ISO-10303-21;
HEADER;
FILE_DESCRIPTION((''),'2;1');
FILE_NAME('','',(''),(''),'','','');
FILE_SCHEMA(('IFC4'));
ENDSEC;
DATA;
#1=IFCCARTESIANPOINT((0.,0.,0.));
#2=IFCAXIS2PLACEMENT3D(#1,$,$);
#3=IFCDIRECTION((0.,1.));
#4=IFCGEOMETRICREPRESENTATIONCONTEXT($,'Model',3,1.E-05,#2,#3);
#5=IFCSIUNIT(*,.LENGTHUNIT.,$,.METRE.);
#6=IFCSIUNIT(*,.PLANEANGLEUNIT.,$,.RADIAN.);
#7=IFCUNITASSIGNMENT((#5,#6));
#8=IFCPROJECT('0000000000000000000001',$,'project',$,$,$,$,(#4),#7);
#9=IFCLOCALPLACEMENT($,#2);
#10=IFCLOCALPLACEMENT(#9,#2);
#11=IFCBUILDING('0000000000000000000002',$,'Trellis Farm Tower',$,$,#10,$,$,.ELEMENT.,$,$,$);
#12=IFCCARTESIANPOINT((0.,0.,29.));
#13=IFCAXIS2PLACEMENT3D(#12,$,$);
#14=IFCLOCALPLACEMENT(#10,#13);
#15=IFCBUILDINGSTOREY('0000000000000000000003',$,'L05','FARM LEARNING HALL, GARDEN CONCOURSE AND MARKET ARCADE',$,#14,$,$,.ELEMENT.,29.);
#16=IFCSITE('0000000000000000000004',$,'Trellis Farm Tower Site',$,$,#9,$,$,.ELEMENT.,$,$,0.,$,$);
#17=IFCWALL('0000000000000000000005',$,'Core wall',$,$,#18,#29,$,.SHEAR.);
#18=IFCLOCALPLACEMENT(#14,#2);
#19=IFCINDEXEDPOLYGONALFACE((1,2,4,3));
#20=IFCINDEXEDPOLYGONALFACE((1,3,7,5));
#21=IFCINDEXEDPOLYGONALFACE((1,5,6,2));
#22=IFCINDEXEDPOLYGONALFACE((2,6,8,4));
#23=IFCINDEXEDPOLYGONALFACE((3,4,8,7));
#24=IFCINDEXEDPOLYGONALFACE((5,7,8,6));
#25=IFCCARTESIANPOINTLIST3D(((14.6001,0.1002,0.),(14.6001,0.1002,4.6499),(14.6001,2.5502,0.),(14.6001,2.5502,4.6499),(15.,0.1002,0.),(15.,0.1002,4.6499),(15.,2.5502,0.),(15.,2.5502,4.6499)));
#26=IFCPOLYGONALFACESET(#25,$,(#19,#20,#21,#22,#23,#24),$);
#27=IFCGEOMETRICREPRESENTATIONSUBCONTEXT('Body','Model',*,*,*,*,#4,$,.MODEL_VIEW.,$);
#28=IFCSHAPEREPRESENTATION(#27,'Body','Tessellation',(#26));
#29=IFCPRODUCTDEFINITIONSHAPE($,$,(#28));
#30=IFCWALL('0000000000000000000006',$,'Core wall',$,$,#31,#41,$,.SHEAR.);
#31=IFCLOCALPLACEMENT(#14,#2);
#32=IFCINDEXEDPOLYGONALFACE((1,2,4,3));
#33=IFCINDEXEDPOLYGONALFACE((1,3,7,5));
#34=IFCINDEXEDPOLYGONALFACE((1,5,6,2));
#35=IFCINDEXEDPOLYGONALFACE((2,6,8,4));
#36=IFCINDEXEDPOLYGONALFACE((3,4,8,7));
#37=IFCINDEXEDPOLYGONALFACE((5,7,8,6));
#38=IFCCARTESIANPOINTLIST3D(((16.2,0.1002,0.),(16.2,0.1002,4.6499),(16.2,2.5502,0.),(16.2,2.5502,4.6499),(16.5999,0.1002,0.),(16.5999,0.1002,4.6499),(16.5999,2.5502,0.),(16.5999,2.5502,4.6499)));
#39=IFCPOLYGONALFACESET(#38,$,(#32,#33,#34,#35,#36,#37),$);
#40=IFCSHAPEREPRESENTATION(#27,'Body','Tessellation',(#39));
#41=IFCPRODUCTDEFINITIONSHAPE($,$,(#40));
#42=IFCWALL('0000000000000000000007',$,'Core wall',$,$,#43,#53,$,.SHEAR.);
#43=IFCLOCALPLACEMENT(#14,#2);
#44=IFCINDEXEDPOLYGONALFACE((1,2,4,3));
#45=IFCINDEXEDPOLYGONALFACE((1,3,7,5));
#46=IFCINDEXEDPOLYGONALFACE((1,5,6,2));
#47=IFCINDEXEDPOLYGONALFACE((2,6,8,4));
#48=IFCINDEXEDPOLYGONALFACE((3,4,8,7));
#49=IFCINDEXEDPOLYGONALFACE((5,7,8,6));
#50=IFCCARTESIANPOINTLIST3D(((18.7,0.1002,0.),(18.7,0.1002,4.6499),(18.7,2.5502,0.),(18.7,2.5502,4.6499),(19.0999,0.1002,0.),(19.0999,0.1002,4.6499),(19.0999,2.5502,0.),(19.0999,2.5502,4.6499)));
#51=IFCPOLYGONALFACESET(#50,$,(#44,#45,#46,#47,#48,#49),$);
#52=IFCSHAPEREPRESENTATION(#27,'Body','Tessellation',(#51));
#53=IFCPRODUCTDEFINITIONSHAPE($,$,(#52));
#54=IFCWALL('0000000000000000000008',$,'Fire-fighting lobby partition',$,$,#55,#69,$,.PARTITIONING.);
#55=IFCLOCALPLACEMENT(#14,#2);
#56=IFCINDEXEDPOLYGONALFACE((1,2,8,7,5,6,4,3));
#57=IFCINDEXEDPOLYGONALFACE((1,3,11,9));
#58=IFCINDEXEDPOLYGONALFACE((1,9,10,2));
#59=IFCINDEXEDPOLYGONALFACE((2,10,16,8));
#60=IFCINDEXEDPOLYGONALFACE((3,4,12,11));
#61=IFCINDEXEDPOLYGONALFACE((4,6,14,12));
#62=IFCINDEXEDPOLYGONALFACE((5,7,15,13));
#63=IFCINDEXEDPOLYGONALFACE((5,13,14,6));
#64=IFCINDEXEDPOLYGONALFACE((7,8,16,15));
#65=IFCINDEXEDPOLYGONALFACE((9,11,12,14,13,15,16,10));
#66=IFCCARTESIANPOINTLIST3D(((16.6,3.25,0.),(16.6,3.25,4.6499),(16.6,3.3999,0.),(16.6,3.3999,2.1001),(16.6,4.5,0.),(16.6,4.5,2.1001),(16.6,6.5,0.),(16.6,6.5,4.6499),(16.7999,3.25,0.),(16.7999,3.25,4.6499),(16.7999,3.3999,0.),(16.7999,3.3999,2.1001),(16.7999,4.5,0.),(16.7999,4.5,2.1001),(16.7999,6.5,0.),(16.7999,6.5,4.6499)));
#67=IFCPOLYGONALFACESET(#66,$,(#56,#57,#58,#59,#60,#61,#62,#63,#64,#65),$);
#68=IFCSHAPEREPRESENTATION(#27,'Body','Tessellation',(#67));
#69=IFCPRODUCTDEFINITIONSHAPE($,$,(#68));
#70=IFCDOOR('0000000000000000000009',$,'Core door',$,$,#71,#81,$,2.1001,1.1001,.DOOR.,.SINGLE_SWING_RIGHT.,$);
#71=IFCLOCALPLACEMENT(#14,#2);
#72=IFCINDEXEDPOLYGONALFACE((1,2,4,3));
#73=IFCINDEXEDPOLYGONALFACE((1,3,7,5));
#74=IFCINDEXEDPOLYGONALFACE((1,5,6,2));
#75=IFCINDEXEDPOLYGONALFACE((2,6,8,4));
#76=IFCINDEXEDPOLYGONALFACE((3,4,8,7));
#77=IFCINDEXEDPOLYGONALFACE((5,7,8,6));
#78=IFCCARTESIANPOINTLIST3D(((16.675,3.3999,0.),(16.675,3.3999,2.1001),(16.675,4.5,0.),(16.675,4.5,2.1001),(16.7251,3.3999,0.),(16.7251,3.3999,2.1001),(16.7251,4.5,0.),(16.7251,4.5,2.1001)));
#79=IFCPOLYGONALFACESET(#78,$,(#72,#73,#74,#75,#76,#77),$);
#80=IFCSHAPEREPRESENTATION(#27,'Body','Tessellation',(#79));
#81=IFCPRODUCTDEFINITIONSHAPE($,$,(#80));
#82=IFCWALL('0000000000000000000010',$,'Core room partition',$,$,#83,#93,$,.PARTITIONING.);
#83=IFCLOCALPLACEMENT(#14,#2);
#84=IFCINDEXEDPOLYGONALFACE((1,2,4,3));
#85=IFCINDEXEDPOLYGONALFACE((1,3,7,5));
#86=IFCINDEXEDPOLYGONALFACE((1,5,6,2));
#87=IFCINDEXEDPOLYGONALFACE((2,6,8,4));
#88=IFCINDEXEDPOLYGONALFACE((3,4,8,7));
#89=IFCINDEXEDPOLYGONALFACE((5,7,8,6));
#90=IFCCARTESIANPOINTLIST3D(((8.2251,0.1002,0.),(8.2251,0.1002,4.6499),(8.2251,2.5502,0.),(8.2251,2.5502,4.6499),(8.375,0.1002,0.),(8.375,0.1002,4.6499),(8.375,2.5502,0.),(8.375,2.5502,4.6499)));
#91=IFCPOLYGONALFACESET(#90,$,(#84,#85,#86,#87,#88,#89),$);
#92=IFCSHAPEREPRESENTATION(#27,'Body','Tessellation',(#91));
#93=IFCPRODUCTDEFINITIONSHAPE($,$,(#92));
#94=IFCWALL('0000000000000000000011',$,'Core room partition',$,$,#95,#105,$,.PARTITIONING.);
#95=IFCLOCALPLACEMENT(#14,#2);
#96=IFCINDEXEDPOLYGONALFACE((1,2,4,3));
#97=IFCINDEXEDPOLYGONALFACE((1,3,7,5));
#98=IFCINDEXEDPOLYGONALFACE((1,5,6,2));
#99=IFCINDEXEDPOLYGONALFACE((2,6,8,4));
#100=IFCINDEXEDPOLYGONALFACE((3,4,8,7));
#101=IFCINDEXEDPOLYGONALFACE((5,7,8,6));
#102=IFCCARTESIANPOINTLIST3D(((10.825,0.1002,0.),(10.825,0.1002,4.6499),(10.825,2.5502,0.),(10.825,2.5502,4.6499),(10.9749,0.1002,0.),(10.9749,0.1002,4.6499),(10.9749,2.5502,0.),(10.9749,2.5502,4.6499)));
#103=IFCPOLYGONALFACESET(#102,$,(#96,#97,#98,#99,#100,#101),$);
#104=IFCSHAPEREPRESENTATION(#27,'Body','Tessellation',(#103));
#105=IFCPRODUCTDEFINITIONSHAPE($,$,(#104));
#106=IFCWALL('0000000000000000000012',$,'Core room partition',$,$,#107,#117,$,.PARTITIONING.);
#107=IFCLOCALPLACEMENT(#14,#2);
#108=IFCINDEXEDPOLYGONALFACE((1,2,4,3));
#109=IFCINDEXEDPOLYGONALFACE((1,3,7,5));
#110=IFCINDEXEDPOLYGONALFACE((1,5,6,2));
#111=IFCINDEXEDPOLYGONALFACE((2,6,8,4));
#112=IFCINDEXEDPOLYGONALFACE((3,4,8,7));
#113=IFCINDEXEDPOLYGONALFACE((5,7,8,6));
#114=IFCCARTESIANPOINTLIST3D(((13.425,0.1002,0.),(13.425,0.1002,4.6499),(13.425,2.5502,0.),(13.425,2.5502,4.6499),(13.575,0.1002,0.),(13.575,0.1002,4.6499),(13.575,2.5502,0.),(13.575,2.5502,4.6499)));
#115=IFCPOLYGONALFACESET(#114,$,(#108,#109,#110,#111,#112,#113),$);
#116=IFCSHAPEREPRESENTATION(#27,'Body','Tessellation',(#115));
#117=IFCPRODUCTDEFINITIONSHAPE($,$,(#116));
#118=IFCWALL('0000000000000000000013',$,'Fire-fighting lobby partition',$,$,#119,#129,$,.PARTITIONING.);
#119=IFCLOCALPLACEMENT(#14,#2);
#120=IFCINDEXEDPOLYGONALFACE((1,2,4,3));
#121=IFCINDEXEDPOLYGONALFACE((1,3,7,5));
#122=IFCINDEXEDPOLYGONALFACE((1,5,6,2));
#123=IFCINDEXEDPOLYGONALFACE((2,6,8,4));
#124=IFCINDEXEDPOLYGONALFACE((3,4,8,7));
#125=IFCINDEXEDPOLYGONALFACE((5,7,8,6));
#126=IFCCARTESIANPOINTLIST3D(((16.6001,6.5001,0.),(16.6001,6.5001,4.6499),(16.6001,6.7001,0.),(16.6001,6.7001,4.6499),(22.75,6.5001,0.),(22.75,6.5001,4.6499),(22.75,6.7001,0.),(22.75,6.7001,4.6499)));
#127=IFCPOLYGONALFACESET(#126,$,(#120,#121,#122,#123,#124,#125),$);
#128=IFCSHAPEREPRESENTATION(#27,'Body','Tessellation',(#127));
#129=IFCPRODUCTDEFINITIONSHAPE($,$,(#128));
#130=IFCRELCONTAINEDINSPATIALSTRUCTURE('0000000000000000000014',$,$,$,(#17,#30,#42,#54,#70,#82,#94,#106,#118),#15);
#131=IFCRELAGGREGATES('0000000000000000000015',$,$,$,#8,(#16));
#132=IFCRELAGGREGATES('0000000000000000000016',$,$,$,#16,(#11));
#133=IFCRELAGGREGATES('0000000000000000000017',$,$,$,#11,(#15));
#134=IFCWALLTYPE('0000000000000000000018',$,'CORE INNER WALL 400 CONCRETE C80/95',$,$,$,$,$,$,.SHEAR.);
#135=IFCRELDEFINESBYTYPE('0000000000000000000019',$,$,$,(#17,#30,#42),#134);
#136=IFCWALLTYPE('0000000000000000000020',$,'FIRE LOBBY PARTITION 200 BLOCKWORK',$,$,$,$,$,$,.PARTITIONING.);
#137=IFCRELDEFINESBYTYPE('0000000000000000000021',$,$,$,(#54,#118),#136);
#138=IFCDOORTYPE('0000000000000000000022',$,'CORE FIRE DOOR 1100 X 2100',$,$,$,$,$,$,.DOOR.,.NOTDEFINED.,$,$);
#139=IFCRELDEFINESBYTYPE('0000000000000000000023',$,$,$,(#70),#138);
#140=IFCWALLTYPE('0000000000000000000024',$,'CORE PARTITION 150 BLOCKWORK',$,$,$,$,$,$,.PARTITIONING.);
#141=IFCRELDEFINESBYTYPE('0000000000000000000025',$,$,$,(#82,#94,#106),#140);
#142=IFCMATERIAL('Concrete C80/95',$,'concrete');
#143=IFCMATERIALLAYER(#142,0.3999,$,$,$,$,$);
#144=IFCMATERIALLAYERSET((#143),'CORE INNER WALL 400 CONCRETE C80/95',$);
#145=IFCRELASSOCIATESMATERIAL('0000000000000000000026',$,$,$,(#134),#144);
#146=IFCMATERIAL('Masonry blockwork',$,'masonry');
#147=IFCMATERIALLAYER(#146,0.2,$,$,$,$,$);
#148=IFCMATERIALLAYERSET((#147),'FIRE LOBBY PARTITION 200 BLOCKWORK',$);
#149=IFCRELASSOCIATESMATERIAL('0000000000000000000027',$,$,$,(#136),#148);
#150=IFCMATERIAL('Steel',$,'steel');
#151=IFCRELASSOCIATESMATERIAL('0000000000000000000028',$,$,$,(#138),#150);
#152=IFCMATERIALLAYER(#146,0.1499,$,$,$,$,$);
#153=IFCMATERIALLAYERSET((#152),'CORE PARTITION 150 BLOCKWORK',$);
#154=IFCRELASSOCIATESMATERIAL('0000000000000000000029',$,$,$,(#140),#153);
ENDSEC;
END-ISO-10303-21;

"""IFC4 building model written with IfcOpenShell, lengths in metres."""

from ifc_helpers import new_model, si_unit, direction, frame, frame_2d, origin, place, context, subcontext, project, spatial, rectangle, extrude, source, transform, mapped, material, layer, layer_set, type_object, element, fill, save


model = new_model("IFC4")

# Units and contexts
model_context = context("Model", 3, precision=1e-05, world=origin(), true_north=direction((0.0, 1.0)))
body_context = subcontext(model_context, "Body", "Model", "MODEL_VIEW")
ifc_project = project(units=[si_unit("LENGTHUNIT", "METRE"), si_unit("PLANEANGLEUNIT", "RADIAN")], contexts=[model_context])

# Site, building, storey
site_placement = place(None, origin())
site = spatial("IfcSite", under=ifc_project, at=site_placement, Name="Trellis Farm Tower Site", CompositionType="ELEMENT", RefElevation=0.0)
building_placement = place(site_placement, origin())
building = spatial("IfcBuilding", under=site, at=building_placement, Name="Trellis Farm Tower", CompositionType="ELEMENT")
storey_placement = place(building_placement, frame((0.0, 0.0, 29.0)))
storey = spatial("IfcBuildingStorey", under=building, at=storey_placement, Name="L05", Description="FARM LEARNING HALL, GARDEN CONCOURSE AND MARKET ARCADE", CompositionType="ELEMENT", Elevation=29.0)

# Shared definitions
ifc_material_1 = material(Name="Concrete C80/95", Category="concrete")

# Walls
ifc_layer_1 = layer(ifc_material_1, 0.3999)
ifc_layer_set_1 = layer_set([ifc_layer_1], Name="CORE INNER WALL 400 CONCRETE C80/95")
wall_type_1 = type_object("IfcWallType", Name="CORE INNER WALL 400 CONCRETE C80/95", PredefinedType="SHEAR", material=ifc_layer_set_1)
shared_shape_1 = source(origin(), body_context, "Body", "SweptSolid", [
    extrude(rectangle(XDim=2.45, YDim=0.3999, at=frame_2d((1.2251, 0.0))), origin(), (0.0, 0.0, 1.0), 4.6499),
])
for number, where, z_axis, x_axis, name in (
    (1, (14.8, 0.1001, 0.0), (0.0, 0.0, 1.0), (0.0, 1.0, 0.0), "Core wall"),
    (2, (16.3999, 0.1001, 0.0), (0.0, 0.0, 1.0), (0.0, 1.0, 0.0), "Core wall"),
    (3, (18.8999, 0.1001, 0.0), (0.0, 0.0, 1.0), (0.0, 1.0, 0.0), "Core wall"),
):
    element("IfcWall", number, at=place(storey_placement, frame(where, z_axis=z_axis, x_axis=x_axis)), inside=storey, type_object=wall_type_1, Name=name, PredefinedType="SHEAR", context=body_context, shape_type="MappedRepresentation", body=[
        mapped(shared_shape_1, transform((0.0, 0.0, 0.0))),
    ])

# Wall, opening, door
ifc_material_2 = material(Name="Masonry blockwork", Category="masonry")
ifc_layer_2 = layer(ifc_material_2, 0.2)
ifc_layer_set_2 = layer_set([ifc_layer_2], Name="FIRE LOBBY PARTITION 200 BLOCKWORK")
wall_type_2 = type_object("IfcWallType", Name="FIRE LOBBY PARTITION 200 BLOCKWORK", PredefinedType="PARTITIONING", material=ifc_layer_set_2)
shared_shape_2 = source(origin(), body_context, "Body", "SweptSolid", [
    extrude(rectangle(XDim=3.25, YDim=0.2, at=frame_2d((1.625, 0.0))), origin(), (0.0, 0.0, 1.0), 4.6499),
])
wall_1_placement = place(storey_placement, frame((16.7, 3.25, 0.0), z_axis=(0.0, 0.0, 1.0), x_axis=(0.0, 1.0, 0.0)))
wall_1 = element("IfcWall", 4, at=wall_1_placement, inside=storey, type_object=wall_type_2, Name="Fire-fighting lobby partition", PredefinedType="PARTITIONING", context=body_context, shape_type="MappedRepresentation", body=[
    mapped(shared_shape_2, transform((0.0, 0.0, 0.0))),
])
shared_shape_3 = source(origin(), body_context, "Body", "SweptSolid", [
    extrude(rectangle(XDim=1.1001, YDim=2.1001, at=frame_2d((0.55, 1.05))), frame((0.0, 0.1101, 0.0), z_axis=(0.0, -1.0, 0.0), x_axis=(1.0, 0.0, 0.0)), (0.0, 0.0, 1.0), 0.2202),
])
opening_placement = place(wall_1_placement, frame((0.1499, 0.0, 0.0)))
opening = element("IfcOpeningElement", 5, at=opening_placement, cuts=wall_1, PredefinedType="OPENING", context=body_context, shape_type="MappedRepresentation", body=[
    mapped(shared_shape_3, transform((0.0, 0.0, 0.0))),
])
ifc_material_3 = material(Name="Steel", Category="steel")
door_type = type_object("IfcDoorType", Name="CORE FIRE DOOR 1100 X 2100", OperationType="NOTDEFINED", PredefinedType="DOOR", material=ifc_material_3)
shared_shape_4 = source(origin(), body_context, "Body", "SweptSolid", [
    extrude(rectangle(XDim=1.1001, YDim=2.1001, at=frame_2d((0.55, 1.05))), frame((0.0, 0.0249, 0.0), z_axis=(0.0, -1.0, 0.0), x_axis=(1.0, 0.0, 0.0)), (0.0, 0.0, 1.0), 0.05),
])
door_placement = place(opening_placement, origin())
door = element("IfcDoor", 6, at=door_placement, inside=storey, type_object=door_type, Name="Core door", OperationType="SINGLE_SWING_RIGHT", OverallHeight=2.1001, OverallWidth=1.1001, PredefinedType="DOOR", context=body_context, shape_type="MappedRepresentation", body=[
    mapped(shared_shape_4, transform((0.0, 0.0, 0.0))),
])
fill(opening, door)

# Walls
ifc_layer_3 = layer(ifc_material_2, 0.1499)
ifc_layer_set_3 = layer_set([ifc_layer_3], Name="CORE PARTITION 150 BLOCKWORK")
wall_type_3 = type_object("IfcWallType", Name="CORE PARTITION 150 BLOCKWORK", PredefinedType="PARTITIONING", material=ifc_layer_set_3)
shared_shape_5 = source(origin(), body_context, "Body", "SweptSolid", [
    extrude(rectangle(XDim=2.45, YDim=0.1499, at=frame_2d((1.2251, 0.0))), origin(), (0.0, 0.0, 1.0), 4.6499),
])
for number, where, z_axis, x_axis, name in (
    (7, (8.3, 0.1001, 0.0), (0.0, 0.0, 1.0), (0.0, 1.0, 0.0), "Core room partition"),
    (8, (10.8999, 0.1001, 0.0), (0.0, 0.0, 1.0), (0.0, 1.0, 0.0), "Core room partition"),
    (9, (13.5, 0.1001, 0.0), (0.0, 0.0, 1.0), (0.0, 1.0, 0.0), "Core room partition"),
):
    element("IfcWall", number, at=place(storey_placement, frame(where, z_axis=z_axis, x_axis=x_axis)), inside=storey, type_object=wall_type_3, Name=name, PredefinedType="PARTITIONING", context=body_context, shape_type="MappedRepresentation", body=[
        mapped(shared_shape_5, transform((0.0, 0.0, 0.0))),
    ])
shared_shape_6 = source(origin(), body_context, "Body", "SweptSolid", [
    extrude(rectangle(XDim=6.1499, YDim=0.2, at=frame_2d((3.075, 0.0))), origin(), (0.0, 0.0, 1.0), 4.6499),
])
wall_2_placement = place(storey_placement, frame((16.6001, 6.6001, 0.0), z_axis=(0.0, 0.0, 1.0), x_axis=(1.0, 0.0, 0.0)))
element("IfcWall", 10, at=wall_2_placement, inside=storey, type_object=wall_type_2, Name="Fire-fighting lobby partition", PredefinedType="PARTITIONING", context=body_context, shape_type="MappedRepresentation", body=[
    mapped(shared_shape_6, transform((0.0, 0.0, 0.0))),
])

save(model, "model.ifc")
